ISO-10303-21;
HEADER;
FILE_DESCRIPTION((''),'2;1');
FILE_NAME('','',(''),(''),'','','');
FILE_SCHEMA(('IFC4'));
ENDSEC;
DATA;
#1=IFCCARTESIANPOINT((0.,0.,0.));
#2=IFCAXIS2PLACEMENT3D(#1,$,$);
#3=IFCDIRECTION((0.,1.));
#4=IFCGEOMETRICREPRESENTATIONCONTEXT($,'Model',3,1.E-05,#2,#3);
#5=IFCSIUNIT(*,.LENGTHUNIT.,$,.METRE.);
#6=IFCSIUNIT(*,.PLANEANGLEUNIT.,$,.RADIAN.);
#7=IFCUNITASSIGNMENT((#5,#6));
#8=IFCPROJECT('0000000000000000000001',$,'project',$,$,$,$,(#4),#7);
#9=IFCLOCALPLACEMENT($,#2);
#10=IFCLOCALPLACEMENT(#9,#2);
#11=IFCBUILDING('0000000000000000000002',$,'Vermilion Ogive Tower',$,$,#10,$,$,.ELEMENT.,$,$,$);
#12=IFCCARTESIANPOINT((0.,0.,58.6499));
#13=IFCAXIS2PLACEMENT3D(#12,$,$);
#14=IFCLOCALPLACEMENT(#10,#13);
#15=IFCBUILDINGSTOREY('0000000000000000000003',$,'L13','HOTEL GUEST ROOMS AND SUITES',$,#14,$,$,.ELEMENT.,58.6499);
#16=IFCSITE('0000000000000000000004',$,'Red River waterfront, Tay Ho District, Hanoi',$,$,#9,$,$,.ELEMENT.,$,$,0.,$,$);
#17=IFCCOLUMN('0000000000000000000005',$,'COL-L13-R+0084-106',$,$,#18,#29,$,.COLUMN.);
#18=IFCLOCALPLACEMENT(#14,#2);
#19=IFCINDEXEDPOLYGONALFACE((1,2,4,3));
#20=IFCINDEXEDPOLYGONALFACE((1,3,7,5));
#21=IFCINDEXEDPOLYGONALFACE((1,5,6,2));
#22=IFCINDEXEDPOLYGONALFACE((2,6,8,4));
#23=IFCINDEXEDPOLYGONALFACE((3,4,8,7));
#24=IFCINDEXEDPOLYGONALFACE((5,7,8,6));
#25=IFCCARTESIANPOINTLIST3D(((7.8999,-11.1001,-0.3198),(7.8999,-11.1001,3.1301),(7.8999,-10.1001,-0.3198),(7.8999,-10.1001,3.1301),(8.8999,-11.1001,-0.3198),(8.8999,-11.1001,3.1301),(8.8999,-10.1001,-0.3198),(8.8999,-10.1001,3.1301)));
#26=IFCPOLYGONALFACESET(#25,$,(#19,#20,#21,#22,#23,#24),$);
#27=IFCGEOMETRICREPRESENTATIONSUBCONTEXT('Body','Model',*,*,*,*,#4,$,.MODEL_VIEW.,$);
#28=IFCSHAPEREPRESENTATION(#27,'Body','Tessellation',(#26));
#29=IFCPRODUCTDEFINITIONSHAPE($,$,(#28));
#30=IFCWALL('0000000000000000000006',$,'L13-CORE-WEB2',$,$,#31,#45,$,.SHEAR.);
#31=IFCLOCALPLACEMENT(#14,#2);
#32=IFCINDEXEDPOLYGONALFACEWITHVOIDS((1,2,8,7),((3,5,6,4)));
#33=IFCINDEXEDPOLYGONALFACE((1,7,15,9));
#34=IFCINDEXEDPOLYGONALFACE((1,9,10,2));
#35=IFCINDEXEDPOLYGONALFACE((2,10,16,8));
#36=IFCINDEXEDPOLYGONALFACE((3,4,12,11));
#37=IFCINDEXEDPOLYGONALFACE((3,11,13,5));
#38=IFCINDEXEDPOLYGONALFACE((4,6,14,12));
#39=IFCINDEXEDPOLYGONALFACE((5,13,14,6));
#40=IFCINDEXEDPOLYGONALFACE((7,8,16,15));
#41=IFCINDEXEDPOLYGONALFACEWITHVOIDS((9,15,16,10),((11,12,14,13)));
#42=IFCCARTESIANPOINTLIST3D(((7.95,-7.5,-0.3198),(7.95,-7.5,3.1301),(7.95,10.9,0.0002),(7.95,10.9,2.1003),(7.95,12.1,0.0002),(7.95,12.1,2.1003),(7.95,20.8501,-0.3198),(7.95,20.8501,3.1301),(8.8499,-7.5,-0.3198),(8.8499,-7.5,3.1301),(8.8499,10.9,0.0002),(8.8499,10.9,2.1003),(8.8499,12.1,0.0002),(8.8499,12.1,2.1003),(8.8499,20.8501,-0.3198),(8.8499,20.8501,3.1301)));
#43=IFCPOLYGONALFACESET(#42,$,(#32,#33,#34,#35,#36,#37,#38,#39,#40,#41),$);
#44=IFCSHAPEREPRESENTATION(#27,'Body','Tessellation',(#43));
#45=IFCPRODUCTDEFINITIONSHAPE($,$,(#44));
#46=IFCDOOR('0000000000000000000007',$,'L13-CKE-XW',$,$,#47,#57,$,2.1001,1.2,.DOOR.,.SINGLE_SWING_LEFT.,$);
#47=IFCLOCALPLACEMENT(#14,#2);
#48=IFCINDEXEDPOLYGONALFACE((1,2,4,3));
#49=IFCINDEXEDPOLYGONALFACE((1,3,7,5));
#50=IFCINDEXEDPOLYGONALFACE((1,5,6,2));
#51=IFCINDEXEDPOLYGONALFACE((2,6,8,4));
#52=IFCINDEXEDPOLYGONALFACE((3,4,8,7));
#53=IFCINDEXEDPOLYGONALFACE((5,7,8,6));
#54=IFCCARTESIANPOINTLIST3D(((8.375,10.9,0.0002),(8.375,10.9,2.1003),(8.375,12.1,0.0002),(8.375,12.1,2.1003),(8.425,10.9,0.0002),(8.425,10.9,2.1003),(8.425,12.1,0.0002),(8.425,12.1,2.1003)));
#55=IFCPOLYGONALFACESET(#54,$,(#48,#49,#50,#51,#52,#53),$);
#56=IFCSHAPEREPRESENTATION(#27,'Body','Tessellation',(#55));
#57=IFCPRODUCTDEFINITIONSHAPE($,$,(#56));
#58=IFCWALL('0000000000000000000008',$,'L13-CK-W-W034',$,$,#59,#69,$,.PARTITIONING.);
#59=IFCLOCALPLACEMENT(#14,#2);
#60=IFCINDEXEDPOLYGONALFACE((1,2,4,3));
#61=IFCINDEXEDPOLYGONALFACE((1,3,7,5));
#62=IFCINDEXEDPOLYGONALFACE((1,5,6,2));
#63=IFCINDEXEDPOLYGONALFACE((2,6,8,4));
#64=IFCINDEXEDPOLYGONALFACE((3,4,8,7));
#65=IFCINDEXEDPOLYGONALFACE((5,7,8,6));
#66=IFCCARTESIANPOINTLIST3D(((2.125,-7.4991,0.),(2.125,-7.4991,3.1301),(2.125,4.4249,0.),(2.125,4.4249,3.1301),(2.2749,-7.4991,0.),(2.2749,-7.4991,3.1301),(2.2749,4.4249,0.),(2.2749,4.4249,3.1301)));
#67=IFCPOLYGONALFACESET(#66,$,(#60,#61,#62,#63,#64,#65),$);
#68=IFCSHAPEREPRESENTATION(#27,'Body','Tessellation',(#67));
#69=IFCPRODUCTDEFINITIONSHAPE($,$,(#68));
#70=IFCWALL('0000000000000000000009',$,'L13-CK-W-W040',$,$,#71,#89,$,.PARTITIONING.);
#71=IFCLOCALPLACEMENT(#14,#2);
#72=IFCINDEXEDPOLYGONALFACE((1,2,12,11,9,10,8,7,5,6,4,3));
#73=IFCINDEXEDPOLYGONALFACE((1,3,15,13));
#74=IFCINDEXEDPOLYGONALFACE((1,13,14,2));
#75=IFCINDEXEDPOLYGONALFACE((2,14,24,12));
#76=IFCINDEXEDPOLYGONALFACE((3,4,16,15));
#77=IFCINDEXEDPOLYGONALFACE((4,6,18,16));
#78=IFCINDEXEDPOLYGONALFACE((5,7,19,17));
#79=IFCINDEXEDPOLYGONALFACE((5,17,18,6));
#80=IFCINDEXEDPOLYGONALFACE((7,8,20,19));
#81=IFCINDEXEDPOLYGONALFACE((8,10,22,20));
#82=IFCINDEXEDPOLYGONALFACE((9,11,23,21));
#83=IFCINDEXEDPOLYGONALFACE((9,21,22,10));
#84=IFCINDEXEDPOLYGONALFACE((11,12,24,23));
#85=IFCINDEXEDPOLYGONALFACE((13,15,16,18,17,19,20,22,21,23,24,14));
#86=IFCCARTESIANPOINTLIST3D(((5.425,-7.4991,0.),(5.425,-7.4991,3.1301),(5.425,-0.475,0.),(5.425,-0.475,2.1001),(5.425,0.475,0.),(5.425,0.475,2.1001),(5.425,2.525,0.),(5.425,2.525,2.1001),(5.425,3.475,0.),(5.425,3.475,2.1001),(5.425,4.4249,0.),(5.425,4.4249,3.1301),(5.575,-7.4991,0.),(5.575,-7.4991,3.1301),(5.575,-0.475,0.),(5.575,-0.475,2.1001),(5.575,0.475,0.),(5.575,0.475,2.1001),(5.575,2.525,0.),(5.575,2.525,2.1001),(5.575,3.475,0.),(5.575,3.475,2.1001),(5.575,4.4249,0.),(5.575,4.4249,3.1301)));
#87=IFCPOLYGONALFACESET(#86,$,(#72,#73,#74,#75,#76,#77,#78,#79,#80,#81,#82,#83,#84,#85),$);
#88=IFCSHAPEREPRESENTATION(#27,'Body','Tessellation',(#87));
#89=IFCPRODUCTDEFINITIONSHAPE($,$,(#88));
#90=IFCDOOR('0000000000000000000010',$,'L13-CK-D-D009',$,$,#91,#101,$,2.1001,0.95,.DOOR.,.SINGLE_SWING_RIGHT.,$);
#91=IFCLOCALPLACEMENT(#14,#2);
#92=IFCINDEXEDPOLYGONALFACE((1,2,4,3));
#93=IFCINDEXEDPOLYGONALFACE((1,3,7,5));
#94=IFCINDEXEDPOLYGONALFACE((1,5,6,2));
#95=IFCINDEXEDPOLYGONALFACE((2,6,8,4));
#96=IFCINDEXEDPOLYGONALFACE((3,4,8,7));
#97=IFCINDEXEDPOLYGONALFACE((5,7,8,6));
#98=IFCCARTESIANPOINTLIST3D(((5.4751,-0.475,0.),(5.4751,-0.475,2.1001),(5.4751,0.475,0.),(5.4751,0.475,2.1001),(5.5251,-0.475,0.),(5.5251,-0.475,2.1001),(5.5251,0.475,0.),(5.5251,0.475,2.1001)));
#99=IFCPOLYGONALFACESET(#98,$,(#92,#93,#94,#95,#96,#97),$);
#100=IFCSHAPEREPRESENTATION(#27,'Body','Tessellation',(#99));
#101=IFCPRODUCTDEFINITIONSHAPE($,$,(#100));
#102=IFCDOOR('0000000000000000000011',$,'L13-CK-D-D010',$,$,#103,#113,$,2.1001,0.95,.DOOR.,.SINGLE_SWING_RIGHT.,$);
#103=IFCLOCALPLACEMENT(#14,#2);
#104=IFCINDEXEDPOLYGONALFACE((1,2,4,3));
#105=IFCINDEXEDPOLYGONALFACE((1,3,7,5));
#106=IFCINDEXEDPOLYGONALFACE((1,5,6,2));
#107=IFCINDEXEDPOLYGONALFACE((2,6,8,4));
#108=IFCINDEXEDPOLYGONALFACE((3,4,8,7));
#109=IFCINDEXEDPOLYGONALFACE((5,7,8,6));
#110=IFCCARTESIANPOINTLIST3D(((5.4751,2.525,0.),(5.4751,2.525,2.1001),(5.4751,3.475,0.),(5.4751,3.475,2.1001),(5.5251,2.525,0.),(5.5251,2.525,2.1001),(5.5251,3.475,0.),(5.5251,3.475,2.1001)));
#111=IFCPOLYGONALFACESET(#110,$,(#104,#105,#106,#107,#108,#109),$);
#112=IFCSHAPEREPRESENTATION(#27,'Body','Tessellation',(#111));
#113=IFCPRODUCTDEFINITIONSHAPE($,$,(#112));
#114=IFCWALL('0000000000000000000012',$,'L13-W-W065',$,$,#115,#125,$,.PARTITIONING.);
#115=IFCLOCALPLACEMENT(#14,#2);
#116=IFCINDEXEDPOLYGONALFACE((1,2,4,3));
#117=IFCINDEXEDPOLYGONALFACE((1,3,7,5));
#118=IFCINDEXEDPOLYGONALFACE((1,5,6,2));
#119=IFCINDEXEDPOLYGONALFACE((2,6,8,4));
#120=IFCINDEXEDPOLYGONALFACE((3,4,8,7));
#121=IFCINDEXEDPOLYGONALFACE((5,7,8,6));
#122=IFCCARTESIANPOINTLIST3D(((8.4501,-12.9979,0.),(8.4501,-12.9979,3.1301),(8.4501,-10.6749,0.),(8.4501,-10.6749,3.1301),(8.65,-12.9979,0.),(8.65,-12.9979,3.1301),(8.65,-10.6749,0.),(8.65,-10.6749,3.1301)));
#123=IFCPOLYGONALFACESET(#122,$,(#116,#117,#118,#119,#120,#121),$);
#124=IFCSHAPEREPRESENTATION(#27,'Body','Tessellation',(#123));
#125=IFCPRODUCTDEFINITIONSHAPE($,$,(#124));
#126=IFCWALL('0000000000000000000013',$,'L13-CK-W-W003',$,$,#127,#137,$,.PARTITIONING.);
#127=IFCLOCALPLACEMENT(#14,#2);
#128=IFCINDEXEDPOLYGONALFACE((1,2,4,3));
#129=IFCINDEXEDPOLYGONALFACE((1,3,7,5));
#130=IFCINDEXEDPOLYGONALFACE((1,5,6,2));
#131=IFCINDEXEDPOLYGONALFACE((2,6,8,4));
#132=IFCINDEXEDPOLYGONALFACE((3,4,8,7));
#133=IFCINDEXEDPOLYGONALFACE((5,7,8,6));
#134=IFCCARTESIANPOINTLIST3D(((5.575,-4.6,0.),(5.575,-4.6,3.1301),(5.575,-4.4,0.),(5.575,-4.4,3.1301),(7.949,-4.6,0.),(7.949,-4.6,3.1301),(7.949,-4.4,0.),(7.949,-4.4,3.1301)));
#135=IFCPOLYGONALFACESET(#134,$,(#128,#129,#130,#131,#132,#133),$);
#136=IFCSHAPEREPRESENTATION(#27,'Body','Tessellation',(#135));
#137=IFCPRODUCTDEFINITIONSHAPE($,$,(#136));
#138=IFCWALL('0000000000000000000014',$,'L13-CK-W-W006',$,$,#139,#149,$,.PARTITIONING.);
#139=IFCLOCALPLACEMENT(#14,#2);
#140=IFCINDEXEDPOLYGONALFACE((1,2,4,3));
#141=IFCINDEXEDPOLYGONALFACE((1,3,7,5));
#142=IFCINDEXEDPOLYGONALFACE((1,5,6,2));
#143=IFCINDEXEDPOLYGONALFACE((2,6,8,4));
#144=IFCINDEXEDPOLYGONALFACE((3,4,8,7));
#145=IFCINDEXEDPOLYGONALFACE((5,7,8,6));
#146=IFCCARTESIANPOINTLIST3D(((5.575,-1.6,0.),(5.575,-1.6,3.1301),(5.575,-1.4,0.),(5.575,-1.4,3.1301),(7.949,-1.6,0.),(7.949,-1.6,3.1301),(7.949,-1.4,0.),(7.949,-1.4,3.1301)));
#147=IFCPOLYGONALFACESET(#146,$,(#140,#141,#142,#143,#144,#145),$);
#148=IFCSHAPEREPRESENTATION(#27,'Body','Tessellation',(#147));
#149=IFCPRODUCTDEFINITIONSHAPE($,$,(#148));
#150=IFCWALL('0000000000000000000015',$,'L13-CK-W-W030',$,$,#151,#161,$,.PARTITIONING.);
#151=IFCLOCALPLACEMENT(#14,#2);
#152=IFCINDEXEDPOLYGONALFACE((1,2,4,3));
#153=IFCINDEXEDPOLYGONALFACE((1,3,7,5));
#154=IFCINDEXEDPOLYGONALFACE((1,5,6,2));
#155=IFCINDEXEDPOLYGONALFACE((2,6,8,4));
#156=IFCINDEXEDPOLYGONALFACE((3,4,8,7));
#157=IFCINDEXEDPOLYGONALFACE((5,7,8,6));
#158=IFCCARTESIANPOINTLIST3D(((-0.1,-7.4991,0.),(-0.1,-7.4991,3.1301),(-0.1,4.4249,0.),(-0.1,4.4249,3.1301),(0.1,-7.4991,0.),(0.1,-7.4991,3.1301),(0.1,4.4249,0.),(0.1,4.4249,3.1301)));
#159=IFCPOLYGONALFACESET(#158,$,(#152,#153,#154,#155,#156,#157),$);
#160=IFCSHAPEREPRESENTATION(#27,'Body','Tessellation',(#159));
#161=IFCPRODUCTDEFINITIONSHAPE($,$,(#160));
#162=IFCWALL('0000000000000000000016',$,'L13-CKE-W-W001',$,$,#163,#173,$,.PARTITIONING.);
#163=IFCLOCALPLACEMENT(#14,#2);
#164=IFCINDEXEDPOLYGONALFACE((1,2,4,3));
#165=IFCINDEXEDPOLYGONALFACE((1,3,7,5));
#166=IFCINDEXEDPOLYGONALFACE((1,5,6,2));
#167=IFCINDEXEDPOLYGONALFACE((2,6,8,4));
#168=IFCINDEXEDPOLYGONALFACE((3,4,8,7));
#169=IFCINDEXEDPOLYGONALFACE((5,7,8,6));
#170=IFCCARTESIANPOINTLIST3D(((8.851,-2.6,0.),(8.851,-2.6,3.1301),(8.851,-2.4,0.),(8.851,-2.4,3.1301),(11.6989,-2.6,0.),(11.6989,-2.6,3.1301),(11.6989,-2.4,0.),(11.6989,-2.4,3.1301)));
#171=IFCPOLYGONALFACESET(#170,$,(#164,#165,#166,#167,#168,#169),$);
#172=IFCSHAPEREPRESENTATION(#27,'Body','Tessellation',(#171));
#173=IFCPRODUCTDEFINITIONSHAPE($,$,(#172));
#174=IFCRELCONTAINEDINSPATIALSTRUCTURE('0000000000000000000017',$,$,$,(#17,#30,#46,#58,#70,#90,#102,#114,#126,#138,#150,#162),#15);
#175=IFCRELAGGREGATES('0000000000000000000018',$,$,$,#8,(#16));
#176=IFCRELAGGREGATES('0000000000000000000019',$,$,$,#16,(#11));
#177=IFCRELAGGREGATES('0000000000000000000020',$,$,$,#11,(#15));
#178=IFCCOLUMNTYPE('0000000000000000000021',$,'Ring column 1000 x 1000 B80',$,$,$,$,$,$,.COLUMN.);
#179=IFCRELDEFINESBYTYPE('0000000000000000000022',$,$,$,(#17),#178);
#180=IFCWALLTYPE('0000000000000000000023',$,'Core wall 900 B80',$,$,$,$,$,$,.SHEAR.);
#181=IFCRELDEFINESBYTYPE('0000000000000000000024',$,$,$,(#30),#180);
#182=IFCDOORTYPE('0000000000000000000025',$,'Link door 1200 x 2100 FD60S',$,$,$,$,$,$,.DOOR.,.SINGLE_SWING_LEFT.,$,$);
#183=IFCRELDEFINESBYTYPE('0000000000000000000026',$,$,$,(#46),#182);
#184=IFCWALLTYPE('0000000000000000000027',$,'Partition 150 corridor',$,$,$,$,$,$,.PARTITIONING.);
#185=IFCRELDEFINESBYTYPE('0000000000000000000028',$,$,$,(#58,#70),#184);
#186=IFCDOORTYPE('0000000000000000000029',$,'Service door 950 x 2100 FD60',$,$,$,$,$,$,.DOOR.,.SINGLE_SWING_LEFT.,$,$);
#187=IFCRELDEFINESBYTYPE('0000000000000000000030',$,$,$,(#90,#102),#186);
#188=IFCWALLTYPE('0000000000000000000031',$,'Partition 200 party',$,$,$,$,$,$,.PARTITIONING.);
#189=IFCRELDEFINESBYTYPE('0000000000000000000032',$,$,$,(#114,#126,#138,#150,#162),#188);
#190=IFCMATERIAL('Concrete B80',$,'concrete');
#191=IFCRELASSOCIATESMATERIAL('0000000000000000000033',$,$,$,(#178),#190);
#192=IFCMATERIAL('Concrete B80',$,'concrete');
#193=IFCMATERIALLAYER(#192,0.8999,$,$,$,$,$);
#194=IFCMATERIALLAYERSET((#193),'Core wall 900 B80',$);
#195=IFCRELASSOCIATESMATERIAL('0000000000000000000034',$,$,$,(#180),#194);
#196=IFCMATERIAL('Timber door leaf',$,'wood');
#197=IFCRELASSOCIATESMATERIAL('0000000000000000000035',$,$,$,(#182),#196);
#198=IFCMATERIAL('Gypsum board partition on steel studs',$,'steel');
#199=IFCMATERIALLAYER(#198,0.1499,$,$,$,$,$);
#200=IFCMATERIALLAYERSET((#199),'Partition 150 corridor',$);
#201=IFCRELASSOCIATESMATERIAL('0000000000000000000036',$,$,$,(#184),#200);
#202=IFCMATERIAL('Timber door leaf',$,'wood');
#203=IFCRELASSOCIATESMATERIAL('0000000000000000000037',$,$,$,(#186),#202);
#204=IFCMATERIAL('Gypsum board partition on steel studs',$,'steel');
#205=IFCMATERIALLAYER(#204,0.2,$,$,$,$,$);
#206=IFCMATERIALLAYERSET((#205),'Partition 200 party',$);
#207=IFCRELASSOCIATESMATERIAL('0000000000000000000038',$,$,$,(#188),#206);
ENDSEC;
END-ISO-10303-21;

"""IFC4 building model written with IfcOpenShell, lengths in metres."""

from ifc_helpers import new_model, si_unit, direction, frame, frame_2d, origin, origin_2d, place, context, subcontext, project, spatial, rectangle, extrude, material, layer, layer_set, material_profile, profile_set, type_object, element, fill, save


model = new_model("IFC4")

# Units and contexts
model_context = context("Model", 3, precision=1e-05, world=origin(), true_north=direction((0.0, 1.0)))
body_context = subcontext(model_context, "Body", "Model", "MODEL_VIEW")
ifc_project = project(units=[si_unit("LENGTHUNIT", "METRE"), si_unit("PLANEANGLEUNIT", "RADIAN")], contexts=[model_context])

# Site, building, storey
site_placement = place(None, origin())
site = spatial("IfcSite", under=ifc_project, at=site_placement, Name="Red River waterfront, Tay Ho District, Hanoi", CompositionType="ELEMENT", RefElevation=0.0)
building_placement = place(site_placement, origin())
building = spatial("IfcBuilding", under=site, at=building_placement, Name="Vermilion Ogive Tower", CompositionType="ELEMENT")
storey_placement = place(building_placement, frame((0.0, 0.0, 58.6499)))
storey = spatial("IfcBuildingStorey", under=building, at=storey_placement, Name="L13", Description="HOTEL GUEST ROOMS AND SUITES", CompositionType="ELEMENT", Elevation=58.6499)

# Column
ifc_material_1 = material(Name="Concrete B80", Category="concrete")
ifc_material_profile = material_profile(ifc_material_1, rectangle(XDim=1.0, YDim=1.0, at=origin_2d()), Name="1000 x 1000")
ifc_profile_set = profile_set([ifc_material_profile], Name="Concrete B80")
column_type = type_object("IfcColumnType", Name="Ring column 1000 x 1000 B80", PredefinedType="COLUMN", material=ifc_profile_set)
column_placement = place(storey_placement, frame((8.3999, -10.6001, -0.3198), z_axis=(0.0, 0.0, 1.0), x_axis=(1.0, 0.0, 0.0)))
element("IfcColumn", 1, at=column_placement, inside=storey, type_object=column_type, Name="COL-L13-R+0084-106", PredefinedType="COLUMN", context=body_context, shape_type="SweptSolid", body=[
    extrude(rectangle(XDim=1.0, YDim=1.0, at=origin_2d()), origin(), (0.0, 0.0, 1.0), 3.45),
])

# Wall, opening, door
ifc_material_2 = material(Name="Concrete B80", Category="concrete")
ifc_layer_1 = layer(ifc_material_2, 0.8999)
ifc_layer_set_1 = layer_set([ifc_layer_1], Name="Core wall 900 B80")
wall_type_1 = type_object("IfcWallType", Name="Core wall 900 B80", PredefinedType="SHEAR", material=ifc_layer_set_1)
wall_1_placement = place(storey_placement, frame((8.3999, -7.5, -0.3198), z_axis=(0.0, 0.0, 1.0), x_axis=(0.0, 1.0, 0.0)))
wall_1 = element("IfcWall", 2, at=wall_1_placement, inside=storey, type_object=wall_type_1, Name="L13-CORE-WEB2", PredefinedType="SHEAR", context=body_context, shape_type="SweptSolid", body=[
    extrude(rectangle(XDim=28.3501, YDim=0.8999, at=frame_2d((14.175, 0.0))), origin(), (0.0, 0.0, 1.0), 3.45),
])
opening_1_placement = place(wall_1_placement, frame((18.3999, 0.0, 0.3201)))
opening_1 = element("IfcOpeningElement", 3, at=opening_1_placement, cuts=wall_1, PredefinedType="OPENING", context=body_context, shape_type="SweptSolid", body=[
    extrude(rectangle(XDim=1.2, YDim=2.1001, at=frame_2d((0.6001, 1.05))), frame((0.0, 0.46, 0.0), z_axis=(0.0, -1.0, 0.0), x_axis=(1.0, 0.0, 0.0)), (0.0, 0.0, 1.0), 0.9199),
])
ifc_material_3 = material(Name="Timber door leaf", Category="wood")
door_type_1 = type_object("IfcDoorType", Name="Link door 1200 x 2100 FD60S", OperationType="SINGLE_SWING_LEFT", PredefinedType="DOOR", material=ifc_material_3)
door_1_placement = place(opening_1_placement, origin())
door_1 = element("IfcDoor", 4, at=door_1_placement, inside=storey, type_object=door_type_1, Name="L13-CKE-XW", OperationType="SINGLE_SWING_LEFT", OverallHeight=2.1001, OverallWidth=1.2, PredefinedType="DOOR", context=body_context, shape_type="SweptSolid", body=[
    extrude(rectangle(XDim=1.2, YDim=2.1001, at=frame_2d((0.6001, 1.05))), frame((0.0, 0.0249, 0.0), z_axis=(0.0, -1.0, 0.0), x_axis=(1.0, 0.0, 0.0)), (0.0, 0.0, 1.0), 0.05),
])
fill(opening_1, door_1)

# Wall
ifc_material_4 = material(Name="Gypsum board partition on steel studs", Category="steel")
ifc_layer_2 = layer(ifc_material_4, 0.1499)
ifc_layer_set_2 = layer_set([ifc_layer_2], Name="Partition 150 corridor")
wall_type_2 = type_object("IfcWallType", Name="Partition 150 corridor", PredefinedType="PARTITIONING", material=ifc_layer_set_2)
wall_2_placement = place(storey_placement, frame((2.2, -7.499, 0.0), z_axis=(0.0, 0.0, 1.0), x_axis=(0.0, 1.0, 0.0)))
element("IfcWall", 5, at=wall_2_placement, inside=storey, type_object=wall_type_2, Name="L13-CK-W-W034", PredefinedType="PARTITIONING", context=body_context, shape_type="SweptSolid", body=[
    extrude(rectangle(XDim=11.9241, YDim=0.1499, at=frame_2d((5.9619, 0.0))), origin(), (0.0, 0.0, 1.0), 3.1301),
])

# Wall, openings, doors
wall_3_placement = place(storey_placement, frame((5.5, -7.499, 0.0), z_axis=(0.0, 0.0, 1.0), x_axis=(0.0, 1.0, 0.0)))
wall_3 = element("IfcWall", 6, at=wall_3_placement, inside=storey, type_object=wall_type_2, Name="L13-CK-W-W040", PredefinedType="PARTITIONING", context=body_context, shape_type="SweptSolid", body=[
    extrude(rectangle(XDim=11.9241, YDim=0.1499, at=frame_2d((5.9619, 0.0))), origin(), (0.0, 0.0, 1.0), 3.1301),
])
opening_2_placement = place(wall_3_placement, frame((7.0239, 0.0, 0.0)))
opening_2 = element("IfcOpeningElement", 7, at=opening_2_placement, cuts=wall_3, PredefinedType="OPENING", context=body_context, shape_type="SweptSolid", body=[
    extrude(rectangle(XDim=0.95, YDim=2.1001, at=frame_2d((0.4751, 1.05))), frame((0.0, 0.085, 0.0), z_axis=(0.0, -1.0, 0.0), x_axis=(1.0, 0.0, 0.0)), (0.0, 0.0, 1.0), 0.1699),
])
opening_3_placement = place(wall_3_placement, frame((10.0239, 0.0, 0.0)))
opening_3 = element("IfcOpeningElement", 8, at=opening_3_placement, cuts=wall_3, PredefinedType="OPENING", context=body_context, shape_type="SweptSolid", body=[
    extrude(rectangle(XDim=0.95, YDim=2.1001, at=frame_2d((0.4751, 1.05))), frame((0.0, 0.085, 0.0), z_axis=(0.0, -1.0, 0.0), x_axis=(1.0, 0.0, 0.0)), (0.0, 0.0, 1.0), 0.1699),
])
ifc_material_5 = material(Name="Timber door leaf", Category="wood")
door_type_2 = type_object("IfcDoorType", Name="Service door 950 x 2100 FD60", OperationType="SINGLE_SWING_LEFT", PredefinedType="DOOR", material=ifc_material_5)
door_2_placement = place(opening_2_placement, origin())
door_2 = element("IfcDoor", 9, at=door_2_placement, inside=storey, type_object=door_type_2, Name="L13-CK-D-D009", OperationType="SINGLE_SWING_RIGHT", OverallHeight=2.1001, OverallWidth=0.95, PredefinedType="DOOR", context=body_context, shape_type="SweptSolid", body=[
    extrude(rectangle(XDim=0.95, YDim=2.1001, at=frame_2d((0.4751, 1.05))), frame((0.0, 0.0249, 0.0), z_axis=(0.0, -1.0, 0.0), x_axis=(1.0, 0.0, 0.0)), (0.0, 0.0, 1.0), 0.05),
])
fill(opening_2, door_2)
door_3_placement = place(opening_3_placement, origin())
door_3 = element("IfcDoor", 10, at=door_3_placement, inside=storey, type_object=door_type_2, Name="L13-CK-D-D010", OperationType="SINGLE_SWING_RIGHT", OverallHeight=2.1001, OverallWidth=0.95, PredefinedType="DOOR", context=body_context, shape_type="SweptSolid", body=[
    extrude(rectangle(XDim=0.95, YDim=2.1001, at=frame_2d((0.4751, 1.05))), frame((0.0, 0.0249, 0.0), z_axis=(0.0, -1.0, 0.0), x_axis=(1.0, 0.0, 0.0)), (0.0, 0.0, 1.0), 0.05),
])
fill(opening_3, door_3)

# Walls
ifc_material_6 = material(Name="Gypsum board partition on steel studs", Category="steel")
ifc_layer_3 = layer(ifc_material_6, 0.2)
ifc_layer_set_3 = layer_set([ifc_layer_3], Name="Partition 200 party")
wall_type_3 = type_object("IfcWallType", Name="Partition 200 party", PredefinedType="PARTITIONING", material=ifc_layer_set_3)
wall_4_placement = place(storey_placement, frame((8.55, -12.998, 0.0), z_axis=(0.0, 0.0, 1.0), x_axis=(0.0, 1.0, 0.0)))
element("IfcWall", 11, at=wall_4_placement, inside=storey, type_object=wall_type_3, Name="L13-W-W065", PredefinedType="PARTITIONING", context=body_context, shape_type="SweptSolid", body=[
    extrude(rectangle(XDim=2.323, YDim=0.2, at=frame_2d((1.1616, 0.0))), origin(), (0.0, 0.0, 1.0), 3.1301),
])
for number, where, z_axis, x_axis, name in (
    (12, (5.575, -4.5, 0.0), (0.0, 0.0, 1.0), (1.0, 0.0, 0.0), "L13-CK-W-W003"),
    (13, (5.575, -1.5, 0.0), (0.0, 0.0, 1.0), (1.0, 0.0, 0.0), "L13-CK-W-W006"),
):
    element("IfcWall", number, at=place(storey_placement, frame(where, z_axis=z_axis, x_axis=x_axis)), inside=storey, type_object=wall_type_3, Name=name, PredefinedType="PARTITIONING", context=body_context, shape_type="SweptSolid", body=[
        extrude(rectangle(XDim=2.374, YDim=0.2, at=frame_2d((1.187, 0.0))), origin(), (0.0, 0.0, 1.0), 3.1301),
    ])
wall_5_placement = place(storey_placement, frame((0.0, -7.499, 0.0), z_axis=(0.0, 0.0, 1.0), x_axis=(0.0, 1.0, 0.0)))
element("IfcWall", 14, at=wall_5_placement, inside=storey, type_object=wall_type_3, Name="L13-CK-W-W030", PredefinedType="PARTITIONING", context=body_context, shape_type="SweptSolid", body=[
    extrude(rectangle(XDim=11.9241, YDim=0.2, at=frame_2d((5.9619, 0.0))), origin(), (0.0, 0.0, 1.0), 3.1301),
])
wall_6_placement = place(storey_placement, frame((8.8511, -2.5, 0.0), z_axis=(0.0, 0.0, 1.0), x_axis=(1.0, 0.0, 0.0)))
element("IfcWall", 15, at=wall_6_placement, inside=storey, type_object=wall_type_3, Name="L13-CKE-W-W001", PredefinedType="PARTITIONING", context=body_context, shape_type="SweptSolid", body=[
    extrude(rectangle(XDim=2.8479, YDim=0.2, at=frame_2d((1.4238, 0.0))), origin(), (0.0, 0.0, 1.0), 3.1301),
])

save(model, "model.ifc")
